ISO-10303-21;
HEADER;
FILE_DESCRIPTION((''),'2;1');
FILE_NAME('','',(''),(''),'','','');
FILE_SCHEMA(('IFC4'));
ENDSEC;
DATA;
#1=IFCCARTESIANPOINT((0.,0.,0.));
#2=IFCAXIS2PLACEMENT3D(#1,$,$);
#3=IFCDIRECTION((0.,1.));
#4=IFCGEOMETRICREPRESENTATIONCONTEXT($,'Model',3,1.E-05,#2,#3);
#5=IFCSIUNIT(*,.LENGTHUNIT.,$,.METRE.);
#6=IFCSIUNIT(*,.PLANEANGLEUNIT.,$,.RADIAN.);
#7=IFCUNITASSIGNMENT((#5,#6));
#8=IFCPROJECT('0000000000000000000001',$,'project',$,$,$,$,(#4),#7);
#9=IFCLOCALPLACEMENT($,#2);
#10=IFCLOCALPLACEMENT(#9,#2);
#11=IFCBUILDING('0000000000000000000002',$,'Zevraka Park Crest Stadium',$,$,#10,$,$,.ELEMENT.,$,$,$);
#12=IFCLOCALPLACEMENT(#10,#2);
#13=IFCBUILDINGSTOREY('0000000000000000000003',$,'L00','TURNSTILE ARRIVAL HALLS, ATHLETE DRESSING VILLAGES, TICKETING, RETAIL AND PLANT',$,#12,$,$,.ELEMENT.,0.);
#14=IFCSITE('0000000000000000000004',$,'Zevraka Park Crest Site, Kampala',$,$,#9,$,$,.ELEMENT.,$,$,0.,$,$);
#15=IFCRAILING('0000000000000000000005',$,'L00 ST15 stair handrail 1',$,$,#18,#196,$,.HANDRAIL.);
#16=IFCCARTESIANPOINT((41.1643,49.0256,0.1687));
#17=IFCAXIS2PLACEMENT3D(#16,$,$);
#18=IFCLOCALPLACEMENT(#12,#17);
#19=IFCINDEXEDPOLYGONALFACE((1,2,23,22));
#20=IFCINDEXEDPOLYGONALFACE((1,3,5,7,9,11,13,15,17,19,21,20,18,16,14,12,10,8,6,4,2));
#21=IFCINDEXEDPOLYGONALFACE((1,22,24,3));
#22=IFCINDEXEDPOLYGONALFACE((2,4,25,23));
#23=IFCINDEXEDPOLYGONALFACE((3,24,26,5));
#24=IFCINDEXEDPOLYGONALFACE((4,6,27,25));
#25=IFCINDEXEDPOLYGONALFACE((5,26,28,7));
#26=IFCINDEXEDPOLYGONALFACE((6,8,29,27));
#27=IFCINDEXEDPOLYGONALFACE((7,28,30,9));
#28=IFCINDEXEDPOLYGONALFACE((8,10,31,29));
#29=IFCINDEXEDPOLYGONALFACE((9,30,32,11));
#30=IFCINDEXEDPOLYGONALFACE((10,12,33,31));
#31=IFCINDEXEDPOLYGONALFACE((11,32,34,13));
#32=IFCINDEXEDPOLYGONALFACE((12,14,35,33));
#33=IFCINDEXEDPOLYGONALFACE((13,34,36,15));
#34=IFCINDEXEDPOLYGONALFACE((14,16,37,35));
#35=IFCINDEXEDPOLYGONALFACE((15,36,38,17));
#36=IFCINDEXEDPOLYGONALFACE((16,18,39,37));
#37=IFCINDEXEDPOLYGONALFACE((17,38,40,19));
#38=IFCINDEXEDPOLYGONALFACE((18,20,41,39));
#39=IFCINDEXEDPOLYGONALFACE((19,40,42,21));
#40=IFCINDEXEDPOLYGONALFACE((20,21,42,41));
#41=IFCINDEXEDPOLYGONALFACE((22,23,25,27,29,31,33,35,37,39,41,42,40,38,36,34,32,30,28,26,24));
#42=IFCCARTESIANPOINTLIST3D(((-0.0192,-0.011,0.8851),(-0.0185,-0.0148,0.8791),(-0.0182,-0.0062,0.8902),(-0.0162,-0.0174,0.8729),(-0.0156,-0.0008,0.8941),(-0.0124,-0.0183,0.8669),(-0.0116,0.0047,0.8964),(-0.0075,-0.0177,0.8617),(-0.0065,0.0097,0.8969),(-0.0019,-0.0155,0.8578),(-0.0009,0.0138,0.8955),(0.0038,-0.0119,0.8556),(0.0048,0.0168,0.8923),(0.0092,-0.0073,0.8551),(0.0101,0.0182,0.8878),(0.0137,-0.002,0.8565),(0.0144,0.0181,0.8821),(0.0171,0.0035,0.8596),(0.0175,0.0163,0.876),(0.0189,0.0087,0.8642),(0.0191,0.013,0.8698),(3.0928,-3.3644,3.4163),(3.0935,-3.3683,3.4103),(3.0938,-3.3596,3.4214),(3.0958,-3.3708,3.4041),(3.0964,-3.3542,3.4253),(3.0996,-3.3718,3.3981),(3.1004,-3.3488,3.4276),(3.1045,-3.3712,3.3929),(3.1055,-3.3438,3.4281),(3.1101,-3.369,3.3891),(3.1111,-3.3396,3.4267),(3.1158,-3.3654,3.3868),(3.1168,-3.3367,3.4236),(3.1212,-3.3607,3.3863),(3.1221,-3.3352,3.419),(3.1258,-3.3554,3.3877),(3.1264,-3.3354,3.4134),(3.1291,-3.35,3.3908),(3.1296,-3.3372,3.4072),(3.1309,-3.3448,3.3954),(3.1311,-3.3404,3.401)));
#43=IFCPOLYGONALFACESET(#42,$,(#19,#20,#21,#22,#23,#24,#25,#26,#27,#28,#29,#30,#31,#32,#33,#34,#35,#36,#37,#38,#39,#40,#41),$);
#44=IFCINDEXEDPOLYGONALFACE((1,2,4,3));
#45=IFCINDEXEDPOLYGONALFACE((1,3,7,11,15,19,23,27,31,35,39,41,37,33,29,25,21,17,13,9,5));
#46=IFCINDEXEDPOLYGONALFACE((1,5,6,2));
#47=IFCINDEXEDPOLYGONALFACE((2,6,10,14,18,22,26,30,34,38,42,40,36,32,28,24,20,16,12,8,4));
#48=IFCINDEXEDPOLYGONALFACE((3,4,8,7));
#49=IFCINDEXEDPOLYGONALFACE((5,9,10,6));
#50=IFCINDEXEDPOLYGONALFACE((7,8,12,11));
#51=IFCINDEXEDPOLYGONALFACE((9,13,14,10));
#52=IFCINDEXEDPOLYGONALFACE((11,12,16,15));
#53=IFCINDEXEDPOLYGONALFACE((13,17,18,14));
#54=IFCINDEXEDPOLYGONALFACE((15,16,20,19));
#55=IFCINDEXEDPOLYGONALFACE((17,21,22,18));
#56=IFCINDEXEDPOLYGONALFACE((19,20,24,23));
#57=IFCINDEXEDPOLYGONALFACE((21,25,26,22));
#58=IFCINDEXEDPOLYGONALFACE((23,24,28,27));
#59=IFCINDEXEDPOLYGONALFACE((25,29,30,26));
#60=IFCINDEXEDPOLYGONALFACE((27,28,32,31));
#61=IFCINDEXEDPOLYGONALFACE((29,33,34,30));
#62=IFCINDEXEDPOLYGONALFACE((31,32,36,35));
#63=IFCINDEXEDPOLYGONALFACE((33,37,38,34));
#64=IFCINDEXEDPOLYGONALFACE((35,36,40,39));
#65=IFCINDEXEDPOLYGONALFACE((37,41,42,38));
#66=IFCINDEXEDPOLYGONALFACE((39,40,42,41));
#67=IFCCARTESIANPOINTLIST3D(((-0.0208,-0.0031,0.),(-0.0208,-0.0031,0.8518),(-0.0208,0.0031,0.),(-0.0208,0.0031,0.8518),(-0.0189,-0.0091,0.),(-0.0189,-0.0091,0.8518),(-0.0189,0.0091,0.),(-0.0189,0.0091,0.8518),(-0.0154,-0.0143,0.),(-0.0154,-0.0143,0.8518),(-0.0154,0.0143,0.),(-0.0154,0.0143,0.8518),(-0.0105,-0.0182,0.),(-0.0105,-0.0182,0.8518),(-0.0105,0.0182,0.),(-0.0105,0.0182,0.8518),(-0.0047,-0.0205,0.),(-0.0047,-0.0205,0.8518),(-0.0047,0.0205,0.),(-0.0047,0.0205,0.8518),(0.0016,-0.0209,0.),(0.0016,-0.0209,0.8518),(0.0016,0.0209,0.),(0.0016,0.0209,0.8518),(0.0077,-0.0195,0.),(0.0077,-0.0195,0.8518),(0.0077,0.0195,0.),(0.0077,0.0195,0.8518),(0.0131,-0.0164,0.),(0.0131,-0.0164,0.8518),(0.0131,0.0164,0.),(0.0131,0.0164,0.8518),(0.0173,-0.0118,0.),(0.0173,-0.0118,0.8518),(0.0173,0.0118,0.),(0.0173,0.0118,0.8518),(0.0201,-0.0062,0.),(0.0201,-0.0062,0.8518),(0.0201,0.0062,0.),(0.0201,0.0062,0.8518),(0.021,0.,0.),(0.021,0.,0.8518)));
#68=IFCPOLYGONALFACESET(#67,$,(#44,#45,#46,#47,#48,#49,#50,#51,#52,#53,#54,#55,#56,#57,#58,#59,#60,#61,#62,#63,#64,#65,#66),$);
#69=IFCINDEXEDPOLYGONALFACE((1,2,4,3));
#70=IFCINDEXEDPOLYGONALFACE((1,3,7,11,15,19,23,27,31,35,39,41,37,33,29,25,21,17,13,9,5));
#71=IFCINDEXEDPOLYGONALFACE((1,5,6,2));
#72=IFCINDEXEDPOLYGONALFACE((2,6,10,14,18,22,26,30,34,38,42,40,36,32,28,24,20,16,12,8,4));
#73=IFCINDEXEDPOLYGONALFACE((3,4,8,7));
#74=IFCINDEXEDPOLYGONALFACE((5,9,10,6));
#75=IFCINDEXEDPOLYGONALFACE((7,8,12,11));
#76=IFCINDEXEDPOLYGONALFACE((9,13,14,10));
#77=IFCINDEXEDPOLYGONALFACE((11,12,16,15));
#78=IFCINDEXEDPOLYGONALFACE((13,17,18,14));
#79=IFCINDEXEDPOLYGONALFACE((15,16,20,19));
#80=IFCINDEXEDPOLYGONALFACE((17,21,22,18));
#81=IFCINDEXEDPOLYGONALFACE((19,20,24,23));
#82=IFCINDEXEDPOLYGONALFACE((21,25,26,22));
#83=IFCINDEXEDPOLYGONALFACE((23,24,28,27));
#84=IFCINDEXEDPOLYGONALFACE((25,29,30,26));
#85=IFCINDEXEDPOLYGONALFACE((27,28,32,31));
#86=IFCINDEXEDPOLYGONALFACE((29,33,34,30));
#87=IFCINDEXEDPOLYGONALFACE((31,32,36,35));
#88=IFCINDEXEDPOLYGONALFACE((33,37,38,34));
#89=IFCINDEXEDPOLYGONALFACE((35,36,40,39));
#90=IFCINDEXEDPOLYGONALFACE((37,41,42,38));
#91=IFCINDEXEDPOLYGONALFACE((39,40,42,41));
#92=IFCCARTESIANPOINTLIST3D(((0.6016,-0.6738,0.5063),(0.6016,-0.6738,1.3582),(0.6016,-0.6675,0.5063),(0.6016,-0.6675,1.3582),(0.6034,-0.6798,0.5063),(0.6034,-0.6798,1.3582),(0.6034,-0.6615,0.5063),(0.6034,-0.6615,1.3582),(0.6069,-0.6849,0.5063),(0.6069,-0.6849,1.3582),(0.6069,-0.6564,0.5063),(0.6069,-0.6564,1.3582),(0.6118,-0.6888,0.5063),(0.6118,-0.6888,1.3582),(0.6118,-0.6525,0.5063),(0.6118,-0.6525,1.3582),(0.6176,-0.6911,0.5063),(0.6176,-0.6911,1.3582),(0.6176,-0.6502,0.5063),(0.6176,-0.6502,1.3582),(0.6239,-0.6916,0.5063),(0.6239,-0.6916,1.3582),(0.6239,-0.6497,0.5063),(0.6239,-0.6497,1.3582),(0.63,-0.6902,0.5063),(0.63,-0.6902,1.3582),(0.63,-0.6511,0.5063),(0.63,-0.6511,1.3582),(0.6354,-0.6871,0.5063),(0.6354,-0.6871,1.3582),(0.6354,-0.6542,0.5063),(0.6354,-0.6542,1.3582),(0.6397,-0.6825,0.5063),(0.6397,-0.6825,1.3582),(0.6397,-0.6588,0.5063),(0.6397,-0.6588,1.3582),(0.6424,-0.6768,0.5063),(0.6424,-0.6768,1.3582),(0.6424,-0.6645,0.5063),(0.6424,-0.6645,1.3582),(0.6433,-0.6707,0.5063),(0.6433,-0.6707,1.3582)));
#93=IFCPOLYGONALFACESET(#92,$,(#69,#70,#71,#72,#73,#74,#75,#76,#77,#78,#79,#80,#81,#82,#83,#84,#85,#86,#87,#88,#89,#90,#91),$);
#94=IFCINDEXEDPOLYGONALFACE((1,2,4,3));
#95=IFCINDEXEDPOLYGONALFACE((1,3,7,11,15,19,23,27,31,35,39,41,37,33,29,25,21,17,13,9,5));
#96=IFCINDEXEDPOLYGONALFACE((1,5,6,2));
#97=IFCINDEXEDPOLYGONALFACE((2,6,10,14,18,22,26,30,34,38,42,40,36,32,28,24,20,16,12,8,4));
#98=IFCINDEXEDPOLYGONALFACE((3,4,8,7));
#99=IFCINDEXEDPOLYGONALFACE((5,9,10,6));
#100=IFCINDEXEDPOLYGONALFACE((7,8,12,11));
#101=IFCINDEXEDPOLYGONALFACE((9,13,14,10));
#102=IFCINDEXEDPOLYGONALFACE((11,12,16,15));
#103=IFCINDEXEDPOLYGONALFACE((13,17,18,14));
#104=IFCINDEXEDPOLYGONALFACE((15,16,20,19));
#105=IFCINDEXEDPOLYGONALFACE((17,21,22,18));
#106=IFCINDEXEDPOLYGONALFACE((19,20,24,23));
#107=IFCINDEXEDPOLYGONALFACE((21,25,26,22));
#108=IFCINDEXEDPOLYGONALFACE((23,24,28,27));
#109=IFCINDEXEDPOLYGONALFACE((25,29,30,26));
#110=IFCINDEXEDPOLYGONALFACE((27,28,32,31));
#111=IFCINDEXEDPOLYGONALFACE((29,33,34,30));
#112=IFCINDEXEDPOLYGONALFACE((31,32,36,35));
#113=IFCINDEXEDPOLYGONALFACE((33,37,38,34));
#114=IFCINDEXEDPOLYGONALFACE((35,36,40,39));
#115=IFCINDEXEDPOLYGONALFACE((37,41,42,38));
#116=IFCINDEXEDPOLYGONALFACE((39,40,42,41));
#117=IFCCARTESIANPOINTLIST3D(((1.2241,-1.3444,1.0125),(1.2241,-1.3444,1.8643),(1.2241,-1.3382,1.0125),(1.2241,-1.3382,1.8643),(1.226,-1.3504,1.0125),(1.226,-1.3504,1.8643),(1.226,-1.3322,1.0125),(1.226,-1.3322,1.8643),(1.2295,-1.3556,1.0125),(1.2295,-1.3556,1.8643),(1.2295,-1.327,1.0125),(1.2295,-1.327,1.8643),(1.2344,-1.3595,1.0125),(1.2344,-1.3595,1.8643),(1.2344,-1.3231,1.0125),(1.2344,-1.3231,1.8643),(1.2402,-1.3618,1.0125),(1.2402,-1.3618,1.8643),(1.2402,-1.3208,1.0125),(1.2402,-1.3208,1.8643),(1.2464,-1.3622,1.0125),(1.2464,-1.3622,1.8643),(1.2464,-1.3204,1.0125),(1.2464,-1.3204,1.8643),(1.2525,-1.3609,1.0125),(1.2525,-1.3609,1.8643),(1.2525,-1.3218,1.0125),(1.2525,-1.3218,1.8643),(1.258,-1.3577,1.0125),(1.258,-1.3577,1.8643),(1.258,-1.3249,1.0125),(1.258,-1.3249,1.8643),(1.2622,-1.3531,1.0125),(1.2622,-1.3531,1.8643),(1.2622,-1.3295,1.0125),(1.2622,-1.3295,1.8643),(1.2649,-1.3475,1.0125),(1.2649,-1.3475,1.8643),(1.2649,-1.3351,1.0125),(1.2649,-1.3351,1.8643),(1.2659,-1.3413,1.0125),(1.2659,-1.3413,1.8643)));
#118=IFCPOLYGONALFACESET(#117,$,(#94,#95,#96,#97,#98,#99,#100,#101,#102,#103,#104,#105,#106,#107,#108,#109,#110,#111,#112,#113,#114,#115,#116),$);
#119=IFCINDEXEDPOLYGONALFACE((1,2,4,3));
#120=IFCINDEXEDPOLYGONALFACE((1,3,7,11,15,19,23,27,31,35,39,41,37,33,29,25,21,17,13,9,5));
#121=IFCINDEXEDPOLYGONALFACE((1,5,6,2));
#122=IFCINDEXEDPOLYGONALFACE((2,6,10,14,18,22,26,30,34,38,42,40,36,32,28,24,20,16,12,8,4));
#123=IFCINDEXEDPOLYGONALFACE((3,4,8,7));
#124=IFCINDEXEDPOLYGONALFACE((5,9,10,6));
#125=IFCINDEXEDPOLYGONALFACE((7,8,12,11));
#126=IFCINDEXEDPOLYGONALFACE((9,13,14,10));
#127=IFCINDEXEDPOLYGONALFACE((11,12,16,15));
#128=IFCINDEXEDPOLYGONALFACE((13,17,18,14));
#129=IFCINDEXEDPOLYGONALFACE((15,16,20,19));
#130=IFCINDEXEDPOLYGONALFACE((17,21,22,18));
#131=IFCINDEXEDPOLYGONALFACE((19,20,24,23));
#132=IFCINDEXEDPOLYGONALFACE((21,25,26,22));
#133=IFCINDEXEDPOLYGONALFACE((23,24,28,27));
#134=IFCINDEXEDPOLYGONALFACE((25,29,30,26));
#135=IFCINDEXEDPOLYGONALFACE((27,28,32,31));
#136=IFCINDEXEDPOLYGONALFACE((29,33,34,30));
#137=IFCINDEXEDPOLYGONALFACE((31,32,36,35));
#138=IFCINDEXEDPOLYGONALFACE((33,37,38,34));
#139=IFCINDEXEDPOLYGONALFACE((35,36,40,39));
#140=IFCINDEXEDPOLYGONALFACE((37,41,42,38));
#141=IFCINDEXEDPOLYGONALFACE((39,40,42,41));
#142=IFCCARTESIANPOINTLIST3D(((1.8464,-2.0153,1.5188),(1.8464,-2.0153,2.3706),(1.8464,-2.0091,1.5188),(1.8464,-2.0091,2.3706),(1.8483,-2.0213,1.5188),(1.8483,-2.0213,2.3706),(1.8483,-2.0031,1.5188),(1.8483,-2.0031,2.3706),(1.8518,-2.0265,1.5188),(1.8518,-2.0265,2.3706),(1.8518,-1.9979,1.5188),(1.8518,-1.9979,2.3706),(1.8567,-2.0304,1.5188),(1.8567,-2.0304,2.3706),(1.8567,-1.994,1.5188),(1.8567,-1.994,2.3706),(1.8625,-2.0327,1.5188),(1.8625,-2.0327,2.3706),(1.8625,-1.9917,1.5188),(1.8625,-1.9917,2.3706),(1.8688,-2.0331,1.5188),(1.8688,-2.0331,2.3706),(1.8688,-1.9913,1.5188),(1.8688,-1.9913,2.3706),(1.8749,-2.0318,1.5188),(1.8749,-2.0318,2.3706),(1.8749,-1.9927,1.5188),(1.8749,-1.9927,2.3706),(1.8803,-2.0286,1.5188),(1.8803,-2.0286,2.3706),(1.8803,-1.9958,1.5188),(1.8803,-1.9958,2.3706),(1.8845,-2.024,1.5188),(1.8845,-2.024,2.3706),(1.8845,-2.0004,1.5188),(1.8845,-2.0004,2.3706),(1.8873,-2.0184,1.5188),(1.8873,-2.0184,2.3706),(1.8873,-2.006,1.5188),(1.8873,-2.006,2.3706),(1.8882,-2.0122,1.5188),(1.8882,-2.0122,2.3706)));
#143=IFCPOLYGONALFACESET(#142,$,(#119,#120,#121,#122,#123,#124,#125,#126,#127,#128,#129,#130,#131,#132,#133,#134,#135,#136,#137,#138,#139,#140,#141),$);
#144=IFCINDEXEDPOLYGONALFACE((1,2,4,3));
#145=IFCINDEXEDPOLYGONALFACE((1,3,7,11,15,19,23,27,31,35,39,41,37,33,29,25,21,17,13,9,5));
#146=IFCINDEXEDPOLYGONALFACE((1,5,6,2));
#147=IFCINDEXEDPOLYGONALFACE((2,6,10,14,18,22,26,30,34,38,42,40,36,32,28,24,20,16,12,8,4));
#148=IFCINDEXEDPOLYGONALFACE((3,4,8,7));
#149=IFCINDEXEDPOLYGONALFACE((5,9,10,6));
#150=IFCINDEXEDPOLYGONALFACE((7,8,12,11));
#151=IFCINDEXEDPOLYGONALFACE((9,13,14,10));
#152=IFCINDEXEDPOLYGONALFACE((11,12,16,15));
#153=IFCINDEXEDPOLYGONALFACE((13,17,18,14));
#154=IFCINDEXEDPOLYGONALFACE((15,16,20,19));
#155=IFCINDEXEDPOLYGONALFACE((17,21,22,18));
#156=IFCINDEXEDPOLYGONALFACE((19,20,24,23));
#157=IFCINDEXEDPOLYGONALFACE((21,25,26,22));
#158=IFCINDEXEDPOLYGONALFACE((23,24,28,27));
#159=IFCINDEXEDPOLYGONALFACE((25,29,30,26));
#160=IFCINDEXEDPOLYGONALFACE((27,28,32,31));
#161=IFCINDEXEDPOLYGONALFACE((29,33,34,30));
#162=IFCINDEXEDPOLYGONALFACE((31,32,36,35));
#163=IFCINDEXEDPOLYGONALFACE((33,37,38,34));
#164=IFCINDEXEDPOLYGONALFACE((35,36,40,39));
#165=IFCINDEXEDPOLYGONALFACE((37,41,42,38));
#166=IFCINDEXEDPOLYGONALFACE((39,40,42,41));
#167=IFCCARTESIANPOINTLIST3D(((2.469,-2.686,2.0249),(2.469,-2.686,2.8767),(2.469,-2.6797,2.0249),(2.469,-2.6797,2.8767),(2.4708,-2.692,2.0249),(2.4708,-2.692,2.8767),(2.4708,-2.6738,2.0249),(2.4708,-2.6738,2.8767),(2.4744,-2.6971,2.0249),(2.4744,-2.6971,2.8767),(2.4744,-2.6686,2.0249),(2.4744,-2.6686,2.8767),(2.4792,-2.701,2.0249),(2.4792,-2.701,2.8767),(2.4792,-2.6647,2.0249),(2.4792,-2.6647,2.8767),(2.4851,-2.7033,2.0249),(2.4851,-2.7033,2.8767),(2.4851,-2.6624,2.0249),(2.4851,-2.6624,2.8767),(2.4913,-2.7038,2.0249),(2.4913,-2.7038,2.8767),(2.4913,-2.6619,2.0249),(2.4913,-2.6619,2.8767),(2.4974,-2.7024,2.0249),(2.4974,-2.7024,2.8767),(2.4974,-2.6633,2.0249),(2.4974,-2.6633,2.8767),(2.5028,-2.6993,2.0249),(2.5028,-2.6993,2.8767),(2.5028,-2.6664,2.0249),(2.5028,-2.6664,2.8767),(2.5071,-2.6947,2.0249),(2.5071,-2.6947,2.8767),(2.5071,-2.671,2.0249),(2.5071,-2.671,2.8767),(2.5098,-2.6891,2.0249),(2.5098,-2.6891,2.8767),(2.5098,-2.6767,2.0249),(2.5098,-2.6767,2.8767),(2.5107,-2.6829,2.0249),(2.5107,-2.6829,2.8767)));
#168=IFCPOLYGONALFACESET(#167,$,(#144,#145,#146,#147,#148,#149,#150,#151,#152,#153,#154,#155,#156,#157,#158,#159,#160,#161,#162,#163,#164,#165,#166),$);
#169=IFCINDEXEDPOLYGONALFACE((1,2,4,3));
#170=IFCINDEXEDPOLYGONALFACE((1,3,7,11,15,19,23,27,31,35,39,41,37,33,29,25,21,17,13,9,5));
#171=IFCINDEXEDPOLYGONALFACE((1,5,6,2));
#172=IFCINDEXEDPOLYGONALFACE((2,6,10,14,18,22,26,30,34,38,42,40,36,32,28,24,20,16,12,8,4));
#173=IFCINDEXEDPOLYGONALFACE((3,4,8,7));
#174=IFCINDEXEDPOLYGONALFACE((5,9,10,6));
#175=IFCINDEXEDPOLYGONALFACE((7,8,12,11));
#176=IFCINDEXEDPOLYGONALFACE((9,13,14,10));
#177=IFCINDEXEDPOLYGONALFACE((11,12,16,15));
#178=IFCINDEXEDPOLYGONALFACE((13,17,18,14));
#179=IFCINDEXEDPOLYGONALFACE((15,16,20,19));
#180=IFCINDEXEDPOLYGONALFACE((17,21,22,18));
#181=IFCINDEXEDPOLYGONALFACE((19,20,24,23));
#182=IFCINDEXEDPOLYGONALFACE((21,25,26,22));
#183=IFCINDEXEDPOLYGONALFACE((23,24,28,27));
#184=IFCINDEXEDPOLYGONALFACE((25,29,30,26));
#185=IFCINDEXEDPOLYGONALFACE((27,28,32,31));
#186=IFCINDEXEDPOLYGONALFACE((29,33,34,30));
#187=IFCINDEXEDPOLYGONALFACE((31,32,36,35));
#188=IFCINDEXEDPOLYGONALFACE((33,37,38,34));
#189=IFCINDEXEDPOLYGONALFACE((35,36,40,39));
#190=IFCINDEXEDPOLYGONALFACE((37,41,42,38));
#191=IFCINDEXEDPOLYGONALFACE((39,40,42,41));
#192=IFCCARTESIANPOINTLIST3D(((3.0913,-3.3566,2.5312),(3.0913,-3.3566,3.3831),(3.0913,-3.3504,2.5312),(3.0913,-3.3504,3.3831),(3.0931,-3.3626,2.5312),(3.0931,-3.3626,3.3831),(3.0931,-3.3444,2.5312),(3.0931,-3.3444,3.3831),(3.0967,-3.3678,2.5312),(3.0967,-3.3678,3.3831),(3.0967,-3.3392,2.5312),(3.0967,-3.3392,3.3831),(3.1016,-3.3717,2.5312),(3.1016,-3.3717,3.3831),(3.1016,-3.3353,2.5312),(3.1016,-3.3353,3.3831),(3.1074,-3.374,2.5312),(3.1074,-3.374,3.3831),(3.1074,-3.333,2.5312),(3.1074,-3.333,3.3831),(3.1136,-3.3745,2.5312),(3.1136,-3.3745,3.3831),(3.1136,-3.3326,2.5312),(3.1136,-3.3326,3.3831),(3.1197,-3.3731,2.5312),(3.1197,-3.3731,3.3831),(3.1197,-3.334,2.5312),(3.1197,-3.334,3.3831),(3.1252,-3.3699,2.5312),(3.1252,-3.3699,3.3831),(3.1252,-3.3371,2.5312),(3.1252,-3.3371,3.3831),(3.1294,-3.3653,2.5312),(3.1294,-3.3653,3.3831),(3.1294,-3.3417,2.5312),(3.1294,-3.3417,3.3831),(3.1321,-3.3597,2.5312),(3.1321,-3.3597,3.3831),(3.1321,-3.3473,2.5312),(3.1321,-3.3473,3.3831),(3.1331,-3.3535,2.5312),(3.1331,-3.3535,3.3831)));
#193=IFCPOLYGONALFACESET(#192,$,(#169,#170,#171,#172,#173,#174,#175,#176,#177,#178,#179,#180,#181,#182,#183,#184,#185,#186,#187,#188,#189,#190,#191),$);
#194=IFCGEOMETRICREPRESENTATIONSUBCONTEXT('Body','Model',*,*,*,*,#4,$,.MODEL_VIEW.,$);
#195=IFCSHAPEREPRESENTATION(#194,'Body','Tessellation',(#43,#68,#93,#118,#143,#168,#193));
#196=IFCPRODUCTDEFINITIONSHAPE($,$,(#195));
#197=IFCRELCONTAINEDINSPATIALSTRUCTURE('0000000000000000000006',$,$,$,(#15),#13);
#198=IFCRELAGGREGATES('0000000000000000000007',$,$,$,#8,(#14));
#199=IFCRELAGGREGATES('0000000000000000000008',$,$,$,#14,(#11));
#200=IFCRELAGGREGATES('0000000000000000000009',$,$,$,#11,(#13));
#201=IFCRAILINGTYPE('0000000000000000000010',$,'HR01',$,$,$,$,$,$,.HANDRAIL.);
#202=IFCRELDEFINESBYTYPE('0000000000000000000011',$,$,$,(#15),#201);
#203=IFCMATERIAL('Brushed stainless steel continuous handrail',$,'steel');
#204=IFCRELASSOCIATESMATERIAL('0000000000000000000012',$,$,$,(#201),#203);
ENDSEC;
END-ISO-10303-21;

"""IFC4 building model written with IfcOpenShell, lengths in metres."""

from ifc_helpers import new_model, si_unit, direction, frame, origin, origin_2d, place, context, subcontext, project, spatial, circle, extrude, material, type_object, element, save


model = new_model("IFC4")

# Units and contexts
model_context = context("Model", 3, precision=1e-05, world=origin(), true_north=direction((0.0, 1.0)))
body_context = subcontext(model_context, "Body", "Model", "MODEL_VIEW")
ifc_project = project(units=[si_unit("LENGTHUNIT", "METRE"), si_unit("PLANEANGLEUNIT", "RADIAN")], contexts=[model_context])

# Site, building, storey
site_placement = place(None, origin())
site = spatial("IfcSite", under=ifc_project, at=site_placement, Name="Zevraka Park Crest Site, Kampala", CompositionType="ELEMENT", RefElevation=0.0)
building_placement = place(site_placement, origin())
building = spatial("IfcBuilding", under=site, at=building_placement, Name="Zevraka Park Crest Stadium", CompositionType="ELEMENT")
storey_placement = place(building_placement, origin())
storey = spatial("IfcBuildingStorey", under=building, at=storey_placement, Name="L00", Description="TURNSTILE ARRIVAL HALLS, ATHLETE DRESSING VILLAGES, TICKETING, RETAIL AND PLANT", CompositionType="ELEMENT", Elevation=0.0)

# Railing
ifc_material_1 = material(Name="Brushed stainless steel continuous handrail", Category="steel")
railing_type_1 = type_object("IfcRailingType", Name="HR01", PredefinedType="HANDRAIL", material=ifc_material_1)
railing_1_placement = place(storey_placement, frame((41.1643, 49.0256, 0.1687)))
element("IfcRailing", 1, at=railing_1_placement, inside=storey, type_object=railing_type_1, Name="L00 ST15 stair handrail 1", PredefinedType="HANDRAIL", context=body_context, shape_type="SweptSolid", body=[
    extrude(circle(Radius=0.0239, at=origin_2d()), frame((0.0, 0.0, 0.876), z_axis=(0.5952, -0.64138, 0.484117), x_axis=(0.733003, 0.680226, 0.0)), (0.0, 0.0, 1.0), 5.2285),
    extrude(circle(Radius=0.021, at=origin_2d()), origin(), (0.0, 0.0, 1.0), 0.8518),
    extrude(circle(Radius=0.021, at=origin_2d()), frame((0.6223, -0.6707, 0.5063)), (0.0, 0.0, 1.0), 0.8518),
    extrude(circle(Radius=0.021, at=origin_2d()), frame((1.2449, -1.3413, 1.0125)), (0.0, 0.0, 1.0), 0.8518),
    extrude(circle(Radius=0.021, at=origin_2d()), frame((1.8672, -2.0122, 1.5188)), (0.0, 0.0, 1.0), 0.8518),
    extrude(circle(Radius=0.021, at=origin_2d()), frame((2.4897, -2.6829, 2.0249)), (0.0, 0.0, 1.0), 0.8518),
    extrude(circle(Radius=0.021, at=origin_2d()), frame((3.1121, -3.3535, 2.5312)), (0.0, 0.0, 1.0), 0.8518),
])

save(model, "model.ifc")
